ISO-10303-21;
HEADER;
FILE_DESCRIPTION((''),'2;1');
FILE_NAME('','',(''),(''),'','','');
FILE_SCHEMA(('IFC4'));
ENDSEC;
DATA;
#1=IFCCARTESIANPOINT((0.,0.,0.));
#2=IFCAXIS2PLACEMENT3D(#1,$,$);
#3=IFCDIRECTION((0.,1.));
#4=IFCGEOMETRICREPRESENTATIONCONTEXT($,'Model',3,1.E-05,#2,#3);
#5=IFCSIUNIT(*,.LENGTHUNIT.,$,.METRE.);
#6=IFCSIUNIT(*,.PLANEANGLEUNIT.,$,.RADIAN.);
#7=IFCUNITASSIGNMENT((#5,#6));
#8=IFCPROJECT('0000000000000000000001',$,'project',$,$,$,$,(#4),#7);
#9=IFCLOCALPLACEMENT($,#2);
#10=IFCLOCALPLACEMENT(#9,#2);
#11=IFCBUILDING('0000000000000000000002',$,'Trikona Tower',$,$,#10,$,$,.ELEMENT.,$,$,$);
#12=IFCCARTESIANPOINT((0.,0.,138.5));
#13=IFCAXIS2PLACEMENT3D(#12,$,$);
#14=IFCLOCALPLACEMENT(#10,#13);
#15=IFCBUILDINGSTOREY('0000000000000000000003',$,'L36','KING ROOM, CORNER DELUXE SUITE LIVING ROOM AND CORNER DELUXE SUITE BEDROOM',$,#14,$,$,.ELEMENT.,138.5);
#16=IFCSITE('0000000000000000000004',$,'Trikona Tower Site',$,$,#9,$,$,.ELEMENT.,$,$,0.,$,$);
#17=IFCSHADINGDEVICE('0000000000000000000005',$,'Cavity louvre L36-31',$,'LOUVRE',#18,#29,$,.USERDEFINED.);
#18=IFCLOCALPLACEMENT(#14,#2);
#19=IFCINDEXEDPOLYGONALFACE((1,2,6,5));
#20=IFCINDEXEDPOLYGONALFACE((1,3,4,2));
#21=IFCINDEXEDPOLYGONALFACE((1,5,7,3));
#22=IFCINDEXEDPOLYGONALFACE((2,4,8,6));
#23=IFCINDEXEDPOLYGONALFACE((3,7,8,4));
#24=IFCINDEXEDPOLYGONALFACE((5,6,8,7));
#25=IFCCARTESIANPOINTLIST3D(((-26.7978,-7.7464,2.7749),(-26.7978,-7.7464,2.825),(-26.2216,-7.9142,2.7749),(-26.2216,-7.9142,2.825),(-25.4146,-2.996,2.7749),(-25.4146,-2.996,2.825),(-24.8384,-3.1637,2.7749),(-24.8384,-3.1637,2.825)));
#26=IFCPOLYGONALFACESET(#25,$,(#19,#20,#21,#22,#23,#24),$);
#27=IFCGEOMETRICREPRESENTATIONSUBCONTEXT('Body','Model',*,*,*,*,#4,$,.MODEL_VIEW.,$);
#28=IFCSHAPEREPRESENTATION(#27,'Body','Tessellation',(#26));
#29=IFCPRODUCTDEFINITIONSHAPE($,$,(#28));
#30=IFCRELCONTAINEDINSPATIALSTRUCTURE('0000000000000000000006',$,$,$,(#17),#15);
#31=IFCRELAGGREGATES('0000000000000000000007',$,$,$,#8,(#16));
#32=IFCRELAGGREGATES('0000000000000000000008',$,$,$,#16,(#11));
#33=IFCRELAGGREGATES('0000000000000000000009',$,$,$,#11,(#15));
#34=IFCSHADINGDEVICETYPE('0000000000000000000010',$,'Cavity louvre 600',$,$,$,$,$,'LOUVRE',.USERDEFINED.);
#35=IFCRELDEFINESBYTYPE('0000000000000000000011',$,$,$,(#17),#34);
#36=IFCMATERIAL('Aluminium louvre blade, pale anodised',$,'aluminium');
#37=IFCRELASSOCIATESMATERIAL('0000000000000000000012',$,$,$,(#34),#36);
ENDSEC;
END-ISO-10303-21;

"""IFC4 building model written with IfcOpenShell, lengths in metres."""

from ifc_helpers import new_model, si_unit, direction, frame, origin, origin_2d, place, context, subcontext, project, spatial, rectangle, extrude, material, type_object, element, save


model = new_model("IFC4")

# Units and contexts
model_context = context("Model", 3, precision=1e-05, world=origin(), true_north=direction((0.0, 1.0)))
body_context = subcontext(model_context, "Body", "Model", "MODEL_VIEW")
ifc_project = project(units=[si_unit("LENGTHUNIT", "METRE"), si_unit("PLANEANGLEUNIT", "RADIAN")], contexts=[model_context])

# Site, building, storey
site_placement = place(None, origin())
site = spatial("IfcSite", under=ifc_project, at=site_placement, Name="Trikona Tower Site", CompositionType="ELEMENT", RefElevation=0.0)
building_placement = place(site_placement, origin())
building = spatial("IfcBuilding", under=site, at=building_placement, Name="Trikona Tower", CompositionType="ELEMENT")
storey_placement = place(building_placement, frame((0.0, 0.0, 138.5)))
storey = spatial("IfcBuildingStorey", under=building, at=storey_placement, Name="L36", Description="KING ROOM, CORNER DELUXE SUITE LIVING ROOM AND CORNER DELUXE SUITE BEDROOM", CompositionType="ELEMENT", Elevation=138.5)

# Shading device
ifc_material_1 = material(Name="Aluminium louvre blade, pale anodised", Category="aluminium")
shading_device_type = type_object("IfcShadingDeviceType", Name="Cavity louvre 600", ElementType="LOUVRE", PredefinedType="USERDEFINED", material=ifc_material_1)
shading_device_placement = place(storey_placement, frame((-25.8181, -5.4551, 2.7749), z_axis=(0.0, 0.0, 1.0), x_axis=(-0.279554, -0.96013, 0.0)))
element("IfcShadingDevice", 1, at=shading_device_placement, inside=storey, type_object=shading_device_type, Name="Cavity louvre L36-31", ObjectType="LOUVRE", PredefinedType="USERDEFINED", context=body_context, shape_type="SweptSolid", body=[
    extrude(rectangle(XDim=4.9478, YDim=0.6001, at=origin_2d()), origin(), (0.0, 0.0, 1.0), 0.05),
])

save(model, "model.ifc")
